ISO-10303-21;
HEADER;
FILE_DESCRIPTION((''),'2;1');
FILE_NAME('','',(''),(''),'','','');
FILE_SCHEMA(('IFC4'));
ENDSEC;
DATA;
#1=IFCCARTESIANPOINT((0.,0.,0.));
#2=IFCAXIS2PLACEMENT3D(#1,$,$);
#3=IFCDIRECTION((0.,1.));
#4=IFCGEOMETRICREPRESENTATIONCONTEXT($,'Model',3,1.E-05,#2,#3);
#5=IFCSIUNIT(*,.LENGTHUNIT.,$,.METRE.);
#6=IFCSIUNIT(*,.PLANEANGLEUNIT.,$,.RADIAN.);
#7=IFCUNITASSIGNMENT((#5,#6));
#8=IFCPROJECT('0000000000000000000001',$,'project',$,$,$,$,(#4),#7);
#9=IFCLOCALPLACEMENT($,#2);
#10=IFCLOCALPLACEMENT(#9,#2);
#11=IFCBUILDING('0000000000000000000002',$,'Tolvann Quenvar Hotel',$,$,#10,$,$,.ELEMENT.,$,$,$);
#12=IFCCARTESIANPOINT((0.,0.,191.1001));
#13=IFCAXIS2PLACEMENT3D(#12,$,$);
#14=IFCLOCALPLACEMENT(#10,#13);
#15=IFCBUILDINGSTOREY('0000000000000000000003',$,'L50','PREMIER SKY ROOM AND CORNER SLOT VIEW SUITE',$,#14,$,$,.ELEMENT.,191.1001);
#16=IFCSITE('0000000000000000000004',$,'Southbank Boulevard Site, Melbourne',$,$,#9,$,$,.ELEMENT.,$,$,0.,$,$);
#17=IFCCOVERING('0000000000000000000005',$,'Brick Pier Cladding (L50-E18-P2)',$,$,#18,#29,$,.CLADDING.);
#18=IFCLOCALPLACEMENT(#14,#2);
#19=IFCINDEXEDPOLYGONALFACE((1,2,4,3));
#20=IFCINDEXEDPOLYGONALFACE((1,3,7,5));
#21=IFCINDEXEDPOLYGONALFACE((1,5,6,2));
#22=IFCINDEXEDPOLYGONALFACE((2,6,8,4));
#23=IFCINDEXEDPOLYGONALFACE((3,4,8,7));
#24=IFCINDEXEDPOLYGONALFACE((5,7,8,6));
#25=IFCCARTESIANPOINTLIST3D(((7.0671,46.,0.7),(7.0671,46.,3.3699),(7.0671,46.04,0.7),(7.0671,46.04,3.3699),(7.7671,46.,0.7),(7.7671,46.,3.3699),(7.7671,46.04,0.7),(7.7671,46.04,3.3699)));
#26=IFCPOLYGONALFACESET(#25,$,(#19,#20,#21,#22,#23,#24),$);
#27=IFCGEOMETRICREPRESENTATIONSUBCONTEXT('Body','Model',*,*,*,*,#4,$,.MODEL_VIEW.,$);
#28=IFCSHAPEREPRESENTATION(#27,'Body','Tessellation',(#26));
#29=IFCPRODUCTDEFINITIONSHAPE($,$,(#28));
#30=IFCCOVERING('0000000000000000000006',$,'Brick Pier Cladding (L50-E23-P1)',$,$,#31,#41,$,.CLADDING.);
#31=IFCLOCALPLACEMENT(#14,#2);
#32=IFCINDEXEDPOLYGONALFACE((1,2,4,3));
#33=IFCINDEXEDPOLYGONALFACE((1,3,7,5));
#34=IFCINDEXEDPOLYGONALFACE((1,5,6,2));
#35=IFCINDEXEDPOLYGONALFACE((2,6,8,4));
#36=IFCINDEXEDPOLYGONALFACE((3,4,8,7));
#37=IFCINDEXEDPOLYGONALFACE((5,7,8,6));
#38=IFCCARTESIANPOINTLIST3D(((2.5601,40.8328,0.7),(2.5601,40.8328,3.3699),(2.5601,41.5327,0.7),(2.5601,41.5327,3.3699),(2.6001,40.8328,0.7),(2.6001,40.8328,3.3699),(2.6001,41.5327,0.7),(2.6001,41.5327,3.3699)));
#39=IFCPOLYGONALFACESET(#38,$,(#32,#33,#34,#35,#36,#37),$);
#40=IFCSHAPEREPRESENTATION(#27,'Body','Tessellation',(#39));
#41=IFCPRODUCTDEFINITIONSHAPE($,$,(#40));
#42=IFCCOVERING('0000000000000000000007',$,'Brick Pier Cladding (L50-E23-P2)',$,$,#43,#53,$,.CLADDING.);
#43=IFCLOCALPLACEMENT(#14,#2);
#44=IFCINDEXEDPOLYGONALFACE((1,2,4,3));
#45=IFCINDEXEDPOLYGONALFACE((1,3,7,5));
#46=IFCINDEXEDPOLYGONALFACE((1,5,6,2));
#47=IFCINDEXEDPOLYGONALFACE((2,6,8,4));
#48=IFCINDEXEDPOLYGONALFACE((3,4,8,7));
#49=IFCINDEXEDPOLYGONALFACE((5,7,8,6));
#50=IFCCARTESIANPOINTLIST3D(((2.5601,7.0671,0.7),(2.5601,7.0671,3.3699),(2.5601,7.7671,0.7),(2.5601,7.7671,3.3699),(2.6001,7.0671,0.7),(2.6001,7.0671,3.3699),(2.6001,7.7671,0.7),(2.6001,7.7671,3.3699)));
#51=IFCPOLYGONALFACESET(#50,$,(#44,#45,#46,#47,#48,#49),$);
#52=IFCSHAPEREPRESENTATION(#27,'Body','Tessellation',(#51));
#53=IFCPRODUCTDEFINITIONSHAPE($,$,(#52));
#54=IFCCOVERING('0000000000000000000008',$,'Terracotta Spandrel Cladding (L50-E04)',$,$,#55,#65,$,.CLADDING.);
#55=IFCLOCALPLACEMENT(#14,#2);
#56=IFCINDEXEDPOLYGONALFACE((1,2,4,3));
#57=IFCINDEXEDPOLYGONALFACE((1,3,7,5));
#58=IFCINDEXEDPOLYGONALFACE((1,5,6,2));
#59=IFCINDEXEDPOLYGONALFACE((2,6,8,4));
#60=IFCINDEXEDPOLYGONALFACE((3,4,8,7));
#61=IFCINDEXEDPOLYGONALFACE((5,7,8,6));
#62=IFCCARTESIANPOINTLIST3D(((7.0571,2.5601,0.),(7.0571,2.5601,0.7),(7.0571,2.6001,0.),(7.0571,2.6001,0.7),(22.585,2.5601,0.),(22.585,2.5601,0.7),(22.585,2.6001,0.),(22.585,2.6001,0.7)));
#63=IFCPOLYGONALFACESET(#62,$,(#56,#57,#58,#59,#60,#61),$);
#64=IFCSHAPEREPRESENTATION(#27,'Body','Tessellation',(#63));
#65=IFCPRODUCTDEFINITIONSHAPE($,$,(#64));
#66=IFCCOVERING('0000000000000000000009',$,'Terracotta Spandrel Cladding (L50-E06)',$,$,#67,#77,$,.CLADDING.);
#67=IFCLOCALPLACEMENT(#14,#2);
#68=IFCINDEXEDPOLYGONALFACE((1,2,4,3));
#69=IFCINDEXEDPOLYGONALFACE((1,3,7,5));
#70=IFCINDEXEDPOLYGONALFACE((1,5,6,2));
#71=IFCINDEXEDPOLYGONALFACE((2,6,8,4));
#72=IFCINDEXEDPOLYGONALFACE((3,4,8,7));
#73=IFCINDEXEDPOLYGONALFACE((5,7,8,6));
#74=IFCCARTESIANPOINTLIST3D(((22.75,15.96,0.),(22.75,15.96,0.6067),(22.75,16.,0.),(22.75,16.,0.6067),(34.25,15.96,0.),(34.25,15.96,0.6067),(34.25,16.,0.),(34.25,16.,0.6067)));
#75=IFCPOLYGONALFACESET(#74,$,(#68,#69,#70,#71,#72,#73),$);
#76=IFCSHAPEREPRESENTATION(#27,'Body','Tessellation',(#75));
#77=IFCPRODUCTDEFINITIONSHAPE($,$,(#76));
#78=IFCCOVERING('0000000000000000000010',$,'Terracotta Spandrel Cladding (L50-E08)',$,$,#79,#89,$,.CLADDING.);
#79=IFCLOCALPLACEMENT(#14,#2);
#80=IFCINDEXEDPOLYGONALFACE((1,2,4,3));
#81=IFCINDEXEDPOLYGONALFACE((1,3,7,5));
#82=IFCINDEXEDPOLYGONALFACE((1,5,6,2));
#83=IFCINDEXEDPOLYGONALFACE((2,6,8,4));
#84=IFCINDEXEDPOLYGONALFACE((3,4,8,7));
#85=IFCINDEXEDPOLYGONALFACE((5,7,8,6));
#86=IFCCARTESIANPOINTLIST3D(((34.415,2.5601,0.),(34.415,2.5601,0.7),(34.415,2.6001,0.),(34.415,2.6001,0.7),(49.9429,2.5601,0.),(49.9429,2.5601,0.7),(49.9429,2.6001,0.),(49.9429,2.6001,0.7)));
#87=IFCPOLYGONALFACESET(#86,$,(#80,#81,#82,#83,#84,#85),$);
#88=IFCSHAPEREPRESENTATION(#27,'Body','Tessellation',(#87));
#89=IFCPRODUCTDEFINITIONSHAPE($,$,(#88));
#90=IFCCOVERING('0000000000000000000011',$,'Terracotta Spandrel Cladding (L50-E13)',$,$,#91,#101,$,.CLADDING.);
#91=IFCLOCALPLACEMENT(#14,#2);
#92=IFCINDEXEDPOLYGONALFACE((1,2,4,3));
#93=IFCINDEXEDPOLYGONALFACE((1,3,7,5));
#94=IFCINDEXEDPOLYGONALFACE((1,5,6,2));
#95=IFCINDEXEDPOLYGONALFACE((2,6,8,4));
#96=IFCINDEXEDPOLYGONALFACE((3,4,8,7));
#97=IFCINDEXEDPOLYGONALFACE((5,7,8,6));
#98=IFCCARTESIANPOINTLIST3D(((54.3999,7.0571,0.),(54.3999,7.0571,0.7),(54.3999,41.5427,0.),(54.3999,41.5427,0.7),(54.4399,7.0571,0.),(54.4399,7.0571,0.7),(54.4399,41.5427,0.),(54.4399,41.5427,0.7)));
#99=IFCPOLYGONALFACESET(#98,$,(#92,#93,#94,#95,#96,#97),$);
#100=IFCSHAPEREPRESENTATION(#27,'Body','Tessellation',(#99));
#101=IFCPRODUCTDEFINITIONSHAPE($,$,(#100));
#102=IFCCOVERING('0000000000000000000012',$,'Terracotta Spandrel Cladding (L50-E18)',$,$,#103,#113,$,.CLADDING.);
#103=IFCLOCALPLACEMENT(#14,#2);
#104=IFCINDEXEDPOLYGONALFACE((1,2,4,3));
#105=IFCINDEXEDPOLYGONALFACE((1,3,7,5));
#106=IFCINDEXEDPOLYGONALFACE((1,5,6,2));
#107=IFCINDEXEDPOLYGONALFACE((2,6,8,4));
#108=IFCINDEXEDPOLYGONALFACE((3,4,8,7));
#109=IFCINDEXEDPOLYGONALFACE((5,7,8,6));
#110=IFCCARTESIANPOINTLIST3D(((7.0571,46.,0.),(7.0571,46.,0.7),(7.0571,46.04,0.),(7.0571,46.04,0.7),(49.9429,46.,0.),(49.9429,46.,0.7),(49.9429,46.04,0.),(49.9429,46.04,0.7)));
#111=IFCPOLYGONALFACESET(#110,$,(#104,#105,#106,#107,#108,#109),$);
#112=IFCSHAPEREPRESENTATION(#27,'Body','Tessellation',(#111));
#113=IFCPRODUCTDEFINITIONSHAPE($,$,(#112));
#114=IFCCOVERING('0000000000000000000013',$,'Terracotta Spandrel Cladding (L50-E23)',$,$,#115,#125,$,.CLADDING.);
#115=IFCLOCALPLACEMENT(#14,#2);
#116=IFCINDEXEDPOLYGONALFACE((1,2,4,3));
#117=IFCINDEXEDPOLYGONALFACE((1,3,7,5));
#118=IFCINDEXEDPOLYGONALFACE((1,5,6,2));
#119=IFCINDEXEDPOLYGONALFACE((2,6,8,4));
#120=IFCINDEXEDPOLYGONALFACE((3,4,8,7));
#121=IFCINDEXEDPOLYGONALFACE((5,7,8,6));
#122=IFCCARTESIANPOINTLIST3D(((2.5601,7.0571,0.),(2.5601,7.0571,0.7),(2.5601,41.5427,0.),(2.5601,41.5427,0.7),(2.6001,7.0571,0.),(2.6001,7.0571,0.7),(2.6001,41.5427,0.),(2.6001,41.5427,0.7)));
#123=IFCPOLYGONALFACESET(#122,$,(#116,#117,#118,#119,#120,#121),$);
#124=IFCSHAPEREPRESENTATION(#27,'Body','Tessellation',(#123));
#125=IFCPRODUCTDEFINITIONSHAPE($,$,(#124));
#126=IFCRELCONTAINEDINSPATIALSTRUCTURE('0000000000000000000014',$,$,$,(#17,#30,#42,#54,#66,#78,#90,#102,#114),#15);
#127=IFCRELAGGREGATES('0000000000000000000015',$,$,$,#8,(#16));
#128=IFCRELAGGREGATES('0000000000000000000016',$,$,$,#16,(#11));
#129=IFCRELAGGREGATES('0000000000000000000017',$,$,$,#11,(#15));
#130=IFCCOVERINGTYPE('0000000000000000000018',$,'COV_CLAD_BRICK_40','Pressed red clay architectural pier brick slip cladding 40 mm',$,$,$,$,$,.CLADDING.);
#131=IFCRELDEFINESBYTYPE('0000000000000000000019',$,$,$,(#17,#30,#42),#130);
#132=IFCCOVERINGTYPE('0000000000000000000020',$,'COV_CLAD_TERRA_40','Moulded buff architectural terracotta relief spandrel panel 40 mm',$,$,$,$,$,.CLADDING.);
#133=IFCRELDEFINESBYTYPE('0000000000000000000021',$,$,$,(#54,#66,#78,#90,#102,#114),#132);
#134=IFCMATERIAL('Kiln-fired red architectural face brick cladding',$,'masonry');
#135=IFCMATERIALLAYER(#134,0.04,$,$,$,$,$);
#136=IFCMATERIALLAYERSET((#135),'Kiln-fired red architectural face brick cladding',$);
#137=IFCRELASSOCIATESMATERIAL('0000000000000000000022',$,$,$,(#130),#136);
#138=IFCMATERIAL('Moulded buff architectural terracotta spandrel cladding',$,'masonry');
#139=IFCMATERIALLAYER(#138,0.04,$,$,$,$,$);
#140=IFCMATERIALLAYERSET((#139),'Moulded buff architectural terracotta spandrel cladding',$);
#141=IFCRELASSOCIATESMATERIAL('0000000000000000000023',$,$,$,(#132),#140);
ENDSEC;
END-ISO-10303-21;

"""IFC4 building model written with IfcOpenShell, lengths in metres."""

from ifc_helpers import new_model, si_unit, direction, frame, origin, place, context, subcontext, project, spatial, polyline, outline, extrude, material, layer, layer_set, type_object, element, save


model = new_model("IFC4")

# Units and contexts
model_context = context("Model", 3, precision=1e-05, world=origin(), true_north=direction((0.0, 1.0)))
body_context = subcontext(model_context, "Body", "Model", "MODEL_VIEW")
ifc_project = project(units=[si_unit("LENGTHUNIT", "METRE"), si_unit("PLANEANGLEUNIT", "RADIAN")], contexts=[model_context])

# Site, building, storey
site_placement = place(None, origin())
site = spatial("IfcSite", under=ifc_project, at=site_placement, Name="Southbank Boulevard Site, Melbourne", CompositionType="ELEMENT", RefElevation=0.0)
building_placement = place(site_placement, origin())
building = spatial("IfcBuilding", under=site, at=building_placement, Name="Tolvann Quenvar Hotel", CompositionType="ELEMENT")
storey_placement = place(building_placement, frame((0.0, 0.0, 191.1001)))
storey = spatial("IfcBuildingStorey", under=building, at=storey_placement, Name="L50", Description="PREMIER SKY ROOM AND CORNER SLOT VIEW SUITE", CompositionType="ELEMENT", Elevation=191.1001)

# Coverings
ifc_material_1 = material(Name="Kiln-fired red architectural face brick cladding", Category="masonry")
ifc_layer_1 = layer(ifc_material_1, 0.04)
ifc_layer_set_1 = layer_set([ifc_layer_1], Name="Kiln-fired red architectural face brick cladding")
covering_type_1 = type_object("IfcCoveringType", Name="COV_CLAD_BRICK_40", Description="Pressed red clay architectural pier brick slip cladding 40 mm", PredefinedType="CLADDING", material=ifc_layer_set_1)
covering_1_placement = place(storey_placement, frame((0.0, 0.0, 0.7)))
element("IfcCovering", 1, at=covering_1_placement, inside=storey, type_object=covering_type_1, Name="Brick Pier Cladding (L50-E18-P2)", PredefinedType="CLADDING", context=body_context, shape_type="SweptSolid", body=[
    extrude(outline(polyline([(7.7671, 46.0), (7.0671, 46.0), (7.0671, 46.04), (7.7671, 46.04), (7.7671, 46.0)])), origin(), (0.0, 0.0, 1.0), 2.6699),
])
covering_2_placement = place(storey_placement, frame((0.0, 0.0, 0.7)))
element("IfcCovering", 2, at=covering_2_placement, inside=storey, type_object=covering_type_1, Name="Brick Pier Cladding (L50-E23-P1)", PredefinedType="CLADDING", context=body_context, shape_type="SweptSolid", body=[
    extrude(outline(polyline([(2.6001, 41.5327), (2.6001, 40.8328), (2.5601, 40.8328), (2.5601, 41.5327), (2.6001, 41.5327)])), origin(), (0.0, 0.0, 1.0), 2.6699),
])
covering_3_placement = place(storey_placement, frame((0.0, 0.0, 0.7)))
element("IfcCovering", 3, at=covering_3_placement, inside=storey, type_object=covering_type_1, Name="Brick Pier Cladding (L50-E23-P2)", PredefinedType="CLADDING", context=body_context, shape_type="SweptSolid", body=[
    extrude(outline(polyline([(2.6001, 7.7671), (2.6001, 7.0671), (2.5601, 7.0671), (2.5601, 7.7671), (2.6001, 7.7671)])), origin(), (0.0, 0.0, 1.0), 2.6699),
])
ifc_material_2 = material(Name="Moulded buff architectural terracotta spandrel cladding", Category="masonry")
ifc_layer_2 = layer(ifc_material_2, 0.04)
ifc_layer_set_2 = layer_set([ifc_layer_2], Name="Moulded buff architectural terracotta spandrel cladding")
covering_type_2 = type_object("IfcCoveringType", Name="COV_CLAD_TERRA_40", Description="Moulded buff architectural terracotta relief spandrel panel 40 mm", PredefinedType="CLADDING", material=ifc_layer_set_2)
covering_4_placement = place(storey_placement, origin())
element("IfcCovering", 4, at=covering_4_placement, inside=storey, type_object=covering_type_2, Name="Terracotta Spandrel Cladding (L50-E04)", PredefinedType="CLADDING", context=body_context, shape_type="SweptSolid", body=[
    extrude(outline(polyline([(7.0571, 2.6001), (22.585, 2.6001), (22.585, 2.5601), (7.0571, 2.5601), (7.0571, 2.6001)])), origin(), (0.0, 0.0, 1.0), 0.7),
])
covering_5_placement = place(storey_placement, origin())
element("IfcCovering", 5, at=covering_5_placement, inside=storey, type_object=covering_type_2, Name="Terracotta Spandrel Cladding (L50-E06)", PredefinedType="CLADDING", context=body_context, shape_type="SweptSolid", body=[
    extrude(outline(polyline([(22.75, 16.0), (34.25, 16.0), (34.25, 15.96), (22.75, 15.96), (22.75, 16.0)])), origin(), (0.0, 0.0, 1.0), 0.6067),
])
covering_6_placement = place(storey_placement, origin())
element("IfcCovering", 6, at=covering_6_placement, inside=storey, type_object=covering_type_2, Name="Terracotta Spandrel Cladding (L50-E08)", PredefinedType="CLADDING", context=body_context, shape_type="SweptSolid", body=[
    extrude(outline(polyline([(34.415, 2.6001), (49.9429, 2.6001), (49.9429, 2.5601), (34.415, 2.5601), (34.415, 2.6001)])), origin(), (0.0, 0.0, 1.0), 0.7),
])
covering_7_placement = place(storey_placement, origin())
element("IfcCovering", 7, at=covering_7_placement, inside=storey, type_object=covering_type_2, Name="Terracotta Spandrel Cladding (L50-E13)", PredefinedType="CLADDING", context=body_context, shape_type="SweptSolid", body=[
    extrude(outline(polyline([(54.3999, 7.0571), (54.3999, 41.5427), (54.4399, 41.5427), (54.4399, 7.0571), (54.3999, 7.0571)])), origin(), (0.0, 0.0, 1.0), 0.7),
])
covering_8_placement = place(storey_placement, origin())
element("IfcCovering", 8, at=covering_8_placement, inside=storey, type_object=covering_type_2, Name="Terracotta Spandrel Cladding (L50-E18)", PredefinedType="CLADDING", context=body_context, shape_type="SweptSolid", body=[
    extrude(outline(polyline([(49.9429, 46.0), (7.0571, 46.0), (7.0571, 46.04), (49.9429, 46.04), (49.9429, 46.0)])), origin(), (0.0, 0.0, 1.0), 0.7),
])
covering_9_placement = place(storey_placement, origin())
element("IfcCovering", 9, at=covering_9_placement, inside=storey, type_object=covering_type_2, Name="Terracotta Spandrel Cladding (L50-E23)", PredefinedType="CLADDING", context=body_context, shape_type="SweptSolid", body=[
    extrude(outline(polyline([(2.6001, 41.5427), (2.6001, 7.0571), (2.5601, 7.0571), (2.5601, 41.5427), (2.6001, 41.5427)])), origin(), (0.0, 0.0, 1.0), 0.7),
])

save(model, "model.ifc")
